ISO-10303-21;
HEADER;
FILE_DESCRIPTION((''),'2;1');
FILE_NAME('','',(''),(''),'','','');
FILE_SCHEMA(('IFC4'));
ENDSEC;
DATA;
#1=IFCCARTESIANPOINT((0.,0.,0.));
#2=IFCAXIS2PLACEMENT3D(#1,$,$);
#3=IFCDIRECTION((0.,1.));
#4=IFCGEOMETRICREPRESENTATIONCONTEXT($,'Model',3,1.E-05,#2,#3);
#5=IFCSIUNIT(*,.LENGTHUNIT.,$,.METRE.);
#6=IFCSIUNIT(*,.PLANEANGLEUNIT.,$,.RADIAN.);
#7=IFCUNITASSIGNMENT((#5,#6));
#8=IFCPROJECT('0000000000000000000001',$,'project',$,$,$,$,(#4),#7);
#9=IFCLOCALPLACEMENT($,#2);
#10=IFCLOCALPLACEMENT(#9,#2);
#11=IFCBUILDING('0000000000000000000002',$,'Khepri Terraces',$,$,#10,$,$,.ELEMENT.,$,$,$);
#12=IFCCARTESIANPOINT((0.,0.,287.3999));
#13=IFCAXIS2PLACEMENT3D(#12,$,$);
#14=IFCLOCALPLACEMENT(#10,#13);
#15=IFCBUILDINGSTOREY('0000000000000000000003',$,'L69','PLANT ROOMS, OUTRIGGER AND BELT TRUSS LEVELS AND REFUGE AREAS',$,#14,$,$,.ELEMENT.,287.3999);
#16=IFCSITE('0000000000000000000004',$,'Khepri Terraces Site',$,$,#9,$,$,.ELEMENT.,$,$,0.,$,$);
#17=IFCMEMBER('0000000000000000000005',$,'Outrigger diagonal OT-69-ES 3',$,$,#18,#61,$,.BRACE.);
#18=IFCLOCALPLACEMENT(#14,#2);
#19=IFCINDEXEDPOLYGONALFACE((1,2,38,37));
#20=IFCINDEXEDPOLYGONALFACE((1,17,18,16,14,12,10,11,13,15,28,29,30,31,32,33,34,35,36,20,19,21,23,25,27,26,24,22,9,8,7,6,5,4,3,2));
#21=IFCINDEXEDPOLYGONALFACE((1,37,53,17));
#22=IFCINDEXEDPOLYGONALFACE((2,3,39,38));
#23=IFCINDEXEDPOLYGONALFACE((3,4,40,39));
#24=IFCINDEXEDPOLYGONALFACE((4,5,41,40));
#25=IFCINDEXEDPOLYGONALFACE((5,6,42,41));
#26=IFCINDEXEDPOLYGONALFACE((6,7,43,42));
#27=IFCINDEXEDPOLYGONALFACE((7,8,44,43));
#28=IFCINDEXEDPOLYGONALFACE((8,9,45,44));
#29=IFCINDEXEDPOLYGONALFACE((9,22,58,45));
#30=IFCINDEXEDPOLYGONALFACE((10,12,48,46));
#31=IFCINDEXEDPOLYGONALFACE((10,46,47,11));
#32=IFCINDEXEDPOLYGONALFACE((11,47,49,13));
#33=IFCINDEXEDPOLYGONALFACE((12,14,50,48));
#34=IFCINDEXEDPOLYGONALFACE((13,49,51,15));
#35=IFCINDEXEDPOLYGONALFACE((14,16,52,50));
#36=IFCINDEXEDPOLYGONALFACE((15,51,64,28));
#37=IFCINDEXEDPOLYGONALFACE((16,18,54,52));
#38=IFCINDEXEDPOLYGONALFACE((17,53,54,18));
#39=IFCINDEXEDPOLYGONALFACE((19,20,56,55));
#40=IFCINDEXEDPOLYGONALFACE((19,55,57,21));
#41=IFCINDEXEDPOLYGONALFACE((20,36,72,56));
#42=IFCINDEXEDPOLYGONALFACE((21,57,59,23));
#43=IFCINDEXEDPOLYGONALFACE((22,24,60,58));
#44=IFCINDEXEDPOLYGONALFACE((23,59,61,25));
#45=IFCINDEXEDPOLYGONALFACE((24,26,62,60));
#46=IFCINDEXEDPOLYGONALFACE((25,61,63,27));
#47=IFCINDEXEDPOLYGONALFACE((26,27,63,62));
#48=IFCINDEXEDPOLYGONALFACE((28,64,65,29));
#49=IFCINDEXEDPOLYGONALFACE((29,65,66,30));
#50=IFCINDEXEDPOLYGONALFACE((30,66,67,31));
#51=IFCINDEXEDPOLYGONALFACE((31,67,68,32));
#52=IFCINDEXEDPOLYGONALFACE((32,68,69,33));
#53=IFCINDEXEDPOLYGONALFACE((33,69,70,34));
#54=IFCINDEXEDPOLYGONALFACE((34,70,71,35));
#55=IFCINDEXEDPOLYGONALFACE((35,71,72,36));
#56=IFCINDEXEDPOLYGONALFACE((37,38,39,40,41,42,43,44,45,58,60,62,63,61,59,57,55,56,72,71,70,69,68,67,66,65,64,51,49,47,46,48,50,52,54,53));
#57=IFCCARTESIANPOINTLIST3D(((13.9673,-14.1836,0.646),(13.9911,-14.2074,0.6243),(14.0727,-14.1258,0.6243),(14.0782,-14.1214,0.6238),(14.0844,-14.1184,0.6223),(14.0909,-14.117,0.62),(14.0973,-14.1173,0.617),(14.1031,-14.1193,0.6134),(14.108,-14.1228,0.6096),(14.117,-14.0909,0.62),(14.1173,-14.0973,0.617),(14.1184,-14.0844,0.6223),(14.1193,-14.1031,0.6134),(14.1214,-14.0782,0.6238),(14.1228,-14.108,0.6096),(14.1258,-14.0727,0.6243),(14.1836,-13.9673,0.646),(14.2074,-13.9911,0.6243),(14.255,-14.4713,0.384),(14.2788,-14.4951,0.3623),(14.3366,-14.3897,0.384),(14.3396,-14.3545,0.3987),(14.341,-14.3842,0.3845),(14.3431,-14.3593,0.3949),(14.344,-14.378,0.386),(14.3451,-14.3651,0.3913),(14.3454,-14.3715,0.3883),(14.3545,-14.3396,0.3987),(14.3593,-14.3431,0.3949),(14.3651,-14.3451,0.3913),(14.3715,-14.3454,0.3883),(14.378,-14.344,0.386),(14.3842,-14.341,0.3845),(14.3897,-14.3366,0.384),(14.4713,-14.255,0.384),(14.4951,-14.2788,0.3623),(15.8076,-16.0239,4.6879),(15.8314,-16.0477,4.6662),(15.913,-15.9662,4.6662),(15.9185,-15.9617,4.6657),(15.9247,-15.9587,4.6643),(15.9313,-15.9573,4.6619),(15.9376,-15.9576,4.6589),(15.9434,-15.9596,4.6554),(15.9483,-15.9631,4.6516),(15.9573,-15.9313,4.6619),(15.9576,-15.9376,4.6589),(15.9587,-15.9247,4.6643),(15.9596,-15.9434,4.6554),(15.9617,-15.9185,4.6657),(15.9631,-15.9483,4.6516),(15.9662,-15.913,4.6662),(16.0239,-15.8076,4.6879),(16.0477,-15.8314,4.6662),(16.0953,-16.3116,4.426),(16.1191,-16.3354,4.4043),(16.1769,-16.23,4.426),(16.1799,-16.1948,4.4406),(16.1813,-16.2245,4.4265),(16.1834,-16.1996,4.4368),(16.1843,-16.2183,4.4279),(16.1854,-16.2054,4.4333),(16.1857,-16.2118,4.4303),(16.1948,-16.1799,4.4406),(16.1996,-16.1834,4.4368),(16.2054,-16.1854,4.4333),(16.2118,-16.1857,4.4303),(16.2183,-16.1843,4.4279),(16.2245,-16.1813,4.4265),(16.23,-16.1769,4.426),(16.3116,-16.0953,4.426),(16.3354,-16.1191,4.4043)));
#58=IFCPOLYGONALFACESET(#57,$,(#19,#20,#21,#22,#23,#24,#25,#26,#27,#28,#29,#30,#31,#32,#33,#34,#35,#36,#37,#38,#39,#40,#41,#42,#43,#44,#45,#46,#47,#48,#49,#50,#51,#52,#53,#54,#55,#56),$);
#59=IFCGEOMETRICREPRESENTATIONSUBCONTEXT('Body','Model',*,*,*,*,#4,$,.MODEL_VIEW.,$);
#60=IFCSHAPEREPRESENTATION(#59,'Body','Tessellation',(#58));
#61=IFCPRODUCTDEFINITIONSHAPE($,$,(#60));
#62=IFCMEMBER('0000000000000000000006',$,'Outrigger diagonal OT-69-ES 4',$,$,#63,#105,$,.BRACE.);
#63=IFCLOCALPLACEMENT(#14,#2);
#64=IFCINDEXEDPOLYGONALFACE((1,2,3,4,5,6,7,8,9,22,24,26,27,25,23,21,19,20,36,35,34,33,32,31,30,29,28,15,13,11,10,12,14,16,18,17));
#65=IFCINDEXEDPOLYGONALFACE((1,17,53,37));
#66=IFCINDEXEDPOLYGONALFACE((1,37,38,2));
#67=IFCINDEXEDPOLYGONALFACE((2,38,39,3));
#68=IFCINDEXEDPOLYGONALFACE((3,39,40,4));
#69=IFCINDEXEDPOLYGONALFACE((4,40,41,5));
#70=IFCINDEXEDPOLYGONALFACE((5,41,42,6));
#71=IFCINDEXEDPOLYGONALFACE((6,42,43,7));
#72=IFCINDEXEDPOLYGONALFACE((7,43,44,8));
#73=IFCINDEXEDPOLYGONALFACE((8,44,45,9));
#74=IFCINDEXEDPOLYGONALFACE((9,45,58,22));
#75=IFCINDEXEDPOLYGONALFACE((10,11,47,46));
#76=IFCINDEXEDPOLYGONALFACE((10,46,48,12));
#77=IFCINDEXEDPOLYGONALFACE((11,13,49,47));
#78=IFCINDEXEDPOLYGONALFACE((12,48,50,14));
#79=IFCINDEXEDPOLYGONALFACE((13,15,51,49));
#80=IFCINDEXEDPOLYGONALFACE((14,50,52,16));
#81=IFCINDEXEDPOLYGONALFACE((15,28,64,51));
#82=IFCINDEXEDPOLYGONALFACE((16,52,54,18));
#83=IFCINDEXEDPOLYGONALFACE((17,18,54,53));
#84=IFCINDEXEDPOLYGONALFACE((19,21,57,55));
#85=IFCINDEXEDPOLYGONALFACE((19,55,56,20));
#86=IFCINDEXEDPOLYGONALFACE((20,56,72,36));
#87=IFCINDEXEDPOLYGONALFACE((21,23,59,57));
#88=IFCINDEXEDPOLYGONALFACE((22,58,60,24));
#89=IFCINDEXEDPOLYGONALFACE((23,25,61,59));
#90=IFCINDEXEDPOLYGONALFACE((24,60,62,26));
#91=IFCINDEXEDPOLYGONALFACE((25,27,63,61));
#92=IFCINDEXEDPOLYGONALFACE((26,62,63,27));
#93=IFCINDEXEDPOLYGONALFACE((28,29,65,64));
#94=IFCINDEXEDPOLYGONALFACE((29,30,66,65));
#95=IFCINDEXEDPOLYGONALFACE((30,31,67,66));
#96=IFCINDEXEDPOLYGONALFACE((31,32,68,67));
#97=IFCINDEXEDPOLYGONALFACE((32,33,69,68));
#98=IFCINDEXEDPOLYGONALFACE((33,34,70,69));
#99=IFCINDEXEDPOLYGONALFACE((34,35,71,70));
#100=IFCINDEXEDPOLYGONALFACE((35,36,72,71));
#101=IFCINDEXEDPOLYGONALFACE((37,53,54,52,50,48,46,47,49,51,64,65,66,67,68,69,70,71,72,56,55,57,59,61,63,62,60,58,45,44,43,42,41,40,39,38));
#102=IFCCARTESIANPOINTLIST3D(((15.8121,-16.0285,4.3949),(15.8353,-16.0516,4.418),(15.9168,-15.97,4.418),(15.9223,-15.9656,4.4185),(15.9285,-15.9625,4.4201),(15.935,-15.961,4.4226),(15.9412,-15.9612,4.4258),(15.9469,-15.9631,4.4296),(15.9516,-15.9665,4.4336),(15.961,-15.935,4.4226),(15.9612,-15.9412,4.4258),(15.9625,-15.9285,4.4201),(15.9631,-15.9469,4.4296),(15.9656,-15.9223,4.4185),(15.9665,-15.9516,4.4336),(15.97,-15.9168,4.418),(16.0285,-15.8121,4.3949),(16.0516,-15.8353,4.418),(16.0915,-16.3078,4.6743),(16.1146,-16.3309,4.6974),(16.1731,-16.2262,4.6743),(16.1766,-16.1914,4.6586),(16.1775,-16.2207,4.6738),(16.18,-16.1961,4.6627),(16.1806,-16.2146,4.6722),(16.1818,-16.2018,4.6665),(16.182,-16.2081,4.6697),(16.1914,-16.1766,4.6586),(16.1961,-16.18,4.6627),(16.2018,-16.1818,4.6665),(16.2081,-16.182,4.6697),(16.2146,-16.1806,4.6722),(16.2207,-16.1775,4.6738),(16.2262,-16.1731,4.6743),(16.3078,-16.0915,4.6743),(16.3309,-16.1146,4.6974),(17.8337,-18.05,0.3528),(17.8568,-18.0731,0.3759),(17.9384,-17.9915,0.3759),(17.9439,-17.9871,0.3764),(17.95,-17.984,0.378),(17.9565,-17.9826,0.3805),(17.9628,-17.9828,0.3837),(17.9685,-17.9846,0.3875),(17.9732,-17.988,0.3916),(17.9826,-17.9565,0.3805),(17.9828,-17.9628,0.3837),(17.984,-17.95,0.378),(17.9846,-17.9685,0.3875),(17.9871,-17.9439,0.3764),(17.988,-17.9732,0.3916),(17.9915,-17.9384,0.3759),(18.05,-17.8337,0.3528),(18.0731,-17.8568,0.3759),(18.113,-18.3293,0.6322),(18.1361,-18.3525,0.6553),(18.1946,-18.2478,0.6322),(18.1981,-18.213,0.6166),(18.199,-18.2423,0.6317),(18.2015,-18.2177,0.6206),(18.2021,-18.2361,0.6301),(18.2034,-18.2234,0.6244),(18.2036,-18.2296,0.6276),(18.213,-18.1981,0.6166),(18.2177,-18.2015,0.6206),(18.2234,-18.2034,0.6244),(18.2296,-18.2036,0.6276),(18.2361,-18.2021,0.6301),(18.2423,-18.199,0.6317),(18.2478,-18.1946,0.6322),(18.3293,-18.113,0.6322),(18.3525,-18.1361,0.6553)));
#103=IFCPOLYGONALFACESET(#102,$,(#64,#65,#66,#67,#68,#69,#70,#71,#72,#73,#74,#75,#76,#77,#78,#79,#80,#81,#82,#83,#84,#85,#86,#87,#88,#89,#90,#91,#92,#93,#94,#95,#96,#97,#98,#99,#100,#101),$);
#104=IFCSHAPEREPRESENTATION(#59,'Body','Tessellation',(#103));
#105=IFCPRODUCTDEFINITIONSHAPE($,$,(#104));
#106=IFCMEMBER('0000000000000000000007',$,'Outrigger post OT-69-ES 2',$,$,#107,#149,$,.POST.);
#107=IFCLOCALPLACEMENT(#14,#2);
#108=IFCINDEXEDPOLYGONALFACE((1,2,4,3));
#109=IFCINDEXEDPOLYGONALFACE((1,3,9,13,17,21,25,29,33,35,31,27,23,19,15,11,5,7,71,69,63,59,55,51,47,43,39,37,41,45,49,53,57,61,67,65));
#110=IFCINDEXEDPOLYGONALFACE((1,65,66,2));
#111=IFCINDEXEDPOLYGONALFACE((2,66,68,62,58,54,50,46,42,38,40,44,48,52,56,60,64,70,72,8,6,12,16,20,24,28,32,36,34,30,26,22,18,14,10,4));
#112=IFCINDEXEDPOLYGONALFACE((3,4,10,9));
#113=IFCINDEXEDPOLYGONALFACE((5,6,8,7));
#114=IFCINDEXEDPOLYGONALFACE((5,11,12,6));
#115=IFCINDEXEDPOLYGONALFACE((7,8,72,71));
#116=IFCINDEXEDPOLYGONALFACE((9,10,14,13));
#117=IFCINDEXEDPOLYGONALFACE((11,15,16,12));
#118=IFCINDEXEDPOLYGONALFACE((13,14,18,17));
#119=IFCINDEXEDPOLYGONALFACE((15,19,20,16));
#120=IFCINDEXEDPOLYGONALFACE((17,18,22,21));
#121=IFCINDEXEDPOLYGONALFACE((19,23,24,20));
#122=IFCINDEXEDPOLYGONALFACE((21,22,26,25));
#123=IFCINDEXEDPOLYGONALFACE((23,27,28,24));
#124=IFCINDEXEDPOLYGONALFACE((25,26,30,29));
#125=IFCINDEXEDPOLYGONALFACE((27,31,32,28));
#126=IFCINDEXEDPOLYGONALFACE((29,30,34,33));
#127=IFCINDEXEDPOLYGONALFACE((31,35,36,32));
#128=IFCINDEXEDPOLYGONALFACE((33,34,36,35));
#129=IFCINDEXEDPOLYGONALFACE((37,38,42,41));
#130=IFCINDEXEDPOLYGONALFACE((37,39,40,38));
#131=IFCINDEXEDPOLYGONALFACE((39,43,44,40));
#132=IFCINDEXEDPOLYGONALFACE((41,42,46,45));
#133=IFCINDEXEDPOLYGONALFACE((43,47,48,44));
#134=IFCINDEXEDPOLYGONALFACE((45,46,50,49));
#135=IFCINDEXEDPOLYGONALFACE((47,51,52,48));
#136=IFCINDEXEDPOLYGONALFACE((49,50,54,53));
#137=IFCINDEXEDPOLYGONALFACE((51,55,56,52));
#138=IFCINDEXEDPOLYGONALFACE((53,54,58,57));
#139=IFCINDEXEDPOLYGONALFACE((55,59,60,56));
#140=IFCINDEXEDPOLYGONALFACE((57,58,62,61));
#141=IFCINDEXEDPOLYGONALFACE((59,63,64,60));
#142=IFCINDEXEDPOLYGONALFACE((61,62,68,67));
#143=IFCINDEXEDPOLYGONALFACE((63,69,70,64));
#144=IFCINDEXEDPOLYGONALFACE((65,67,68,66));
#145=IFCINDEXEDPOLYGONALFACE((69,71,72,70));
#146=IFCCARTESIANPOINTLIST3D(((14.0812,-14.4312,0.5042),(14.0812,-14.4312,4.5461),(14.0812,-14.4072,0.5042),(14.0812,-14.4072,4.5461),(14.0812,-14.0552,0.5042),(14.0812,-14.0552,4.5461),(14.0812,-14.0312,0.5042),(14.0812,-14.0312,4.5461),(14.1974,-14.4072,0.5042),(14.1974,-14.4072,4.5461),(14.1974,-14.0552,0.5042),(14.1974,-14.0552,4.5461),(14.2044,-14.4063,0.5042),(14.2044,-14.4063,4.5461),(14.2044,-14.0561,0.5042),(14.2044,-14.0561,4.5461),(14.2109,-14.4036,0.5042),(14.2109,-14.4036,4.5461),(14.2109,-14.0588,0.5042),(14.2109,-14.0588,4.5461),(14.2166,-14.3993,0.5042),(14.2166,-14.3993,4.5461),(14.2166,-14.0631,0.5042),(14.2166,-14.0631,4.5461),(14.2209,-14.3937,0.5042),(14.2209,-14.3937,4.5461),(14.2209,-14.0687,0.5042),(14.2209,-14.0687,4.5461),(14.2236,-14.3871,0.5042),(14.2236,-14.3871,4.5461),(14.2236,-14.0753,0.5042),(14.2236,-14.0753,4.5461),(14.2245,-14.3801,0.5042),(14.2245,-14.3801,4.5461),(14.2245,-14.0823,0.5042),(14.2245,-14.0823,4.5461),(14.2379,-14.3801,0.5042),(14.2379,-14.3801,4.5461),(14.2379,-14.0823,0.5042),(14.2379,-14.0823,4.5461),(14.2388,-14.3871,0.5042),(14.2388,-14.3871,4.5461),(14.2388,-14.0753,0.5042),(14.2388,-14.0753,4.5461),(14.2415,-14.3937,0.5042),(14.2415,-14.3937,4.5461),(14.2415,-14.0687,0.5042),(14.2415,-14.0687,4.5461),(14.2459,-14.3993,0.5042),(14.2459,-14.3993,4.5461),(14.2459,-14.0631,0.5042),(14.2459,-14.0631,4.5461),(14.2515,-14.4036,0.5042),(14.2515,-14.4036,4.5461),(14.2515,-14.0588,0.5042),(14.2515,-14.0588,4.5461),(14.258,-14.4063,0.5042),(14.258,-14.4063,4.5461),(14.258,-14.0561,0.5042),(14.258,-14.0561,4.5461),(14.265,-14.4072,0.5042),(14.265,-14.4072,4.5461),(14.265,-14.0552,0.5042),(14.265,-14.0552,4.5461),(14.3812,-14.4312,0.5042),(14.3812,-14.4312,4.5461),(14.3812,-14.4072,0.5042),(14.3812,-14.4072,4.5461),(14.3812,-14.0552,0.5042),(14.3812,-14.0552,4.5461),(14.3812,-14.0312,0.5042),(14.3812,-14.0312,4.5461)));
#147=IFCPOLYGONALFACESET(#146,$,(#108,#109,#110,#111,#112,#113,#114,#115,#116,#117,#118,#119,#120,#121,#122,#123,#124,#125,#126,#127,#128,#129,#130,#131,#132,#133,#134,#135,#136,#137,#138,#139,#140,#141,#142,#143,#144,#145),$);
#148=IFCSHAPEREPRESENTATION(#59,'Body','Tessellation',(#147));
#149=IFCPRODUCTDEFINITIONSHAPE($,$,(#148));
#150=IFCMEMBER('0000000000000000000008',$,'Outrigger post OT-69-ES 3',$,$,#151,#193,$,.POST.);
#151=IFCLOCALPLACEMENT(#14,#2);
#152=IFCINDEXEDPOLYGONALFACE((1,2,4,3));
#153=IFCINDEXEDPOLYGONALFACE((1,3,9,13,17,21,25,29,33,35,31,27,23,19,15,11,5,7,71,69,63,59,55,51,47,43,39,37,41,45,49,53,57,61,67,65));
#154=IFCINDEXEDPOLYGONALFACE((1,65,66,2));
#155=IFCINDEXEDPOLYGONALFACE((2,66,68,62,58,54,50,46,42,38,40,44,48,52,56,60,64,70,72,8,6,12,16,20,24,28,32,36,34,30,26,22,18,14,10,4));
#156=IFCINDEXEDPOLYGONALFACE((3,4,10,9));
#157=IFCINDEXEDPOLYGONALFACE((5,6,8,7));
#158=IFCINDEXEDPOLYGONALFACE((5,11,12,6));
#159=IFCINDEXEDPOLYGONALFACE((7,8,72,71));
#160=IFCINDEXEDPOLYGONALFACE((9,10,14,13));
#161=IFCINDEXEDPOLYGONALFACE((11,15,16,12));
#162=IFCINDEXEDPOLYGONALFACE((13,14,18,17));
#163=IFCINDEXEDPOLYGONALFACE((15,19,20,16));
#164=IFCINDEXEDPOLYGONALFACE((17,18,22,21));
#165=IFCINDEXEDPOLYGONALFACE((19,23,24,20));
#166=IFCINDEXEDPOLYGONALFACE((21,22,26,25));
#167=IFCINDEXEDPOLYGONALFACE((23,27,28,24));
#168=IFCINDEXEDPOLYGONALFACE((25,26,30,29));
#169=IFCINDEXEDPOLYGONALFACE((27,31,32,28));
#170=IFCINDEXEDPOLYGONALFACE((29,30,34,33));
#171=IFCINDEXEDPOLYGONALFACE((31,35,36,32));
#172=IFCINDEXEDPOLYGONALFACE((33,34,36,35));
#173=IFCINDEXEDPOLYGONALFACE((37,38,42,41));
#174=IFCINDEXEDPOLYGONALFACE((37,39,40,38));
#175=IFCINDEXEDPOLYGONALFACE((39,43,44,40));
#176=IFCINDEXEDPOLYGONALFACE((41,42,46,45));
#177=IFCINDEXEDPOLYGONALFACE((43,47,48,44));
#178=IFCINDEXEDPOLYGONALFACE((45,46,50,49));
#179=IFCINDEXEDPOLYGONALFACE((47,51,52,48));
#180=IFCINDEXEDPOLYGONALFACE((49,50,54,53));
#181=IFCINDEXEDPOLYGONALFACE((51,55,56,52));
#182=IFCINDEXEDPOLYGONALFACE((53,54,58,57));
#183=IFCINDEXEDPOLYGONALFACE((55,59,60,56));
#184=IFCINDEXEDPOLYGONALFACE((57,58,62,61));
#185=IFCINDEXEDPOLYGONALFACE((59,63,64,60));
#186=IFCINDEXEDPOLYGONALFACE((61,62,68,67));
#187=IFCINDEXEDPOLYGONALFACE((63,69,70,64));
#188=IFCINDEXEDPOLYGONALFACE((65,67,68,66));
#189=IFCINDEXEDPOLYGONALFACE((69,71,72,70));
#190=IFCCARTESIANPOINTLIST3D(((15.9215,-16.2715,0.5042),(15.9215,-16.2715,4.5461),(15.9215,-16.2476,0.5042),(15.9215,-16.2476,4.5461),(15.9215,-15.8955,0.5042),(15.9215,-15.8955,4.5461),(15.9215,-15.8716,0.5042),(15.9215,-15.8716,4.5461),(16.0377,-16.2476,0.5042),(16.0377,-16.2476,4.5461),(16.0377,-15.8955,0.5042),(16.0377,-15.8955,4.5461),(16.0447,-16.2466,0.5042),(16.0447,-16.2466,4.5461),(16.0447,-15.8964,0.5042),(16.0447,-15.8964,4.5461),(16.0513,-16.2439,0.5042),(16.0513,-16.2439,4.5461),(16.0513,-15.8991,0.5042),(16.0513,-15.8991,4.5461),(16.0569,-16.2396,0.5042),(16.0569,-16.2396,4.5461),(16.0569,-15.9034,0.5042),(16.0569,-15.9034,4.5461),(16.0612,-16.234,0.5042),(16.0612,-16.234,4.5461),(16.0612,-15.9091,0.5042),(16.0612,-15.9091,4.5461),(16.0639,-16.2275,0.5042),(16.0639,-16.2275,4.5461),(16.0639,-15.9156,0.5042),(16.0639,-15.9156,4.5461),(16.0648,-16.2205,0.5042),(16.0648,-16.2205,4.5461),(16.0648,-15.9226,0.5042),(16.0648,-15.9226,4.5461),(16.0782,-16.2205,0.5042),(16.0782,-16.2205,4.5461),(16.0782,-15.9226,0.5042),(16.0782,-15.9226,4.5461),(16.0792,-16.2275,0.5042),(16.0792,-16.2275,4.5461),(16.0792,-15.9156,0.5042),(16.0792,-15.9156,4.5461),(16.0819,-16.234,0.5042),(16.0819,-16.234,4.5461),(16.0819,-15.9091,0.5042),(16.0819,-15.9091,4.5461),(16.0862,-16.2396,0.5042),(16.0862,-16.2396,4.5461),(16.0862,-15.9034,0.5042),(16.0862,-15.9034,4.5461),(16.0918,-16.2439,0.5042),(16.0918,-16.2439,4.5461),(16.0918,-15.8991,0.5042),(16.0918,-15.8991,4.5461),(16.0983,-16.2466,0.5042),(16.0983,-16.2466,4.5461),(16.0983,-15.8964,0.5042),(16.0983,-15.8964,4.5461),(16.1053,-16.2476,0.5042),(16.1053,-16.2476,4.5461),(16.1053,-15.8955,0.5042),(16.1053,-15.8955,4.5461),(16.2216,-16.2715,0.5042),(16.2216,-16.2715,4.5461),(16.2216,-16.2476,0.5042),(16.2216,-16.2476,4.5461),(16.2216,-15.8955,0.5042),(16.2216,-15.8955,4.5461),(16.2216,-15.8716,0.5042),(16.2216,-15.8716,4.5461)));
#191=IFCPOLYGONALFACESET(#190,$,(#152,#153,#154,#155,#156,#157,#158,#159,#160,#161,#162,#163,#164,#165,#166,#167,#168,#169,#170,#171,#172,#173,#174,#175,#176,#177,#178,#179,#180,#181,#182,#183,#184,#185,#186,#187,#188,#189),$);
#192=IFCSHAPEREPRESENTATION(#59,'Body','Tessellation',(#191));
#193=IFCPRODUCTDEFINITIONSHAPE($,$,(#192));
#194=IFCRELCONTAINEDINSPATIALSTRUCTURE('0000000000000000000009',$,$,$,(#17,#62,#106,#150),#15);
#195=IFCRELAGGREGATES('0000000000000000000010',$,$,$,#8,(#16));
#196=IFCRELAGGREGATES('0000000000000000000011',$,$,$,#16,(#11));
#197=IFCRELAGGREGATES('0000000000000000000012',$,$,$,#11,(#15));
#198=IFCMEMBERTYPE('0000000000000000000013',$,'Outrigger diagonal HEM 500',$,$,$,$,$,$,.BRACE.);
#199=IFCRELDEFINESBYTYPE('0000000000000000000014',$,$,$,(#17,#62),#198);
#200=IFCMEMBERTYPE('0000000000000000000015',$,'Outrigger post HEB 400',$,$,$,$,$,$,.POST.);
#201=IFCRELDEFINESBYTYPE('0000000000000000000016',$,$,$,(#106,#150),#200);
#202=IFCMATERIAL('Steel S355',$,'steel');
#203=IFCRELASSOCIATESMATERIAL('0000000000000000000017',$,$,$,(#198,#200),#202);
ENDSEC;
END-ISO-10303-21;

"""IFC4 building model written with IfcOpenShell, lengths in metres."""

from ifc_helpers import new_model, si_unit, direction, frame, origin, origin_2d, place, context, subcontext, project, spatial, i_section, extrude, material, material_profile, profile_set, type_object, element, save


model = new_model("IFC4")

# Units and contexts
model_context = context("Model", 3, precision=1e-05, world=origin(), true_north=direction((0.0, 1.0)))
body_context = subcontext(model_context, "Body", "Model", "MODEL_VIEW")
ifc_project = project(units=[si_unit("LENGTHUNIT", "METRE"), si_unit("PLANEANGLEUNIT", "RADIAN")], contexts=[model_context])

# Site, building, storey
site_placement = place(None, origin())
site = spatial("IfcSite", under=ifc_project, at=site_placement, Name="Khepri Terraces Site", CompositionType="ELEMENT", RefElevation=0.0)
building_placement = place(site_placement, origin())
building = spatial("IfcBuilding", under=site, at=building_placement, Name="Khepri Terraces", CompositionType="ELEMENT")
storey_placement = place(building_placement, frame((0.0, 0.0, 287.3999)))
storey = spatial("IfcBuildingStorey", under=building, at=storey_placement, Name="L69", Description="PLANT ROOMS, OUTRIGGER AND BELT TRUSS LEVELS AND REFUGE AREAS", CompositionType="ELEMENT", Elevation=287.3999)

# Members
ifc_material_1 = material(Name="Steel S355", Category="steel")
ifc_material_profile_1 = material_profile(ifc_material_1, i_section(OverallWidth=0.3059, OverallDepth=0.5239, WebThickness=0.021, FlangeThickness=0.04, FilletRadius=0.0271, at=origin_2d()), Name="Steel S355", Category="steel")
ifc_profile_set_1 = profile_set([ifc_material_profile_1], Name="Steel S355")
member_type_1 = type_object("IfcMemberType", Name="Outrigger diagonal HEM 500", PredefinedType="BRACE", material=ifc_profile_set_1)
member_1_placement = place(storey_placement, frame((14.2312, -14.2312, 0.5042), z_axis=(0.38281, -0.38281, 0.840781), x_axis=(0.707107, 0.707107, 0.0)))
element("IfcMember", 1, at=member_1_placement, inside=storey, type_object=member_type_1, Name="Outrigger diagonal OT-69-ES 3", PredefinedType="BRACE", context=body_context, shape_type="SweptSolid", body=[
    extrude(i_section(OverallWidth=0.3059, OverallDepth=0.5239, WebThickness=0.021, FlangeThickness=0.04, FilletRadius=0.0271, at=origin_2d()), origin(), (0.0, 0.0, 1.0), 4.8074),
])
member_2_placement = place(storey_placement, frame((16.0715, -16.0715, 4.5461), z_axis=(0.408314, -0.408314, -0.816431), x_axis=(0.707107, 0.707107, 0.0)))
element("IfcMember", 2, at=member_2_placement, inside=storey, type_object=member_type_1, Name="Outrigger diagonal OT-69-ES 4", PredefinedType="BRACE", context=body_context, shape_type="SweptSolid", body=[
    extrude(i_section(OverallWidth=0.3059, OverallDepth=0.5239, WebThickness=0.021, FlangeThickness=0.04, FilletRadius=0.0271, at=origin_2d()), origin(), (0.0, 0.0, 1.0), 4.9509),
])
ifc_material_profile_2 = material_profile(ifc_material_1, i_section(OverallWidth=0.3, OverallDepth=0.3999, WebThickness=0.0134, FlangeThickness=0.0239, FilletRadius=0.0271, at=origin_2d()), Name="Steel S355", Category="steel")
ifc_profile_set_2 = profile_set([ifc_material_profile_2], Name="Steel S355")
member_type_2 = type_object("IfcMemberType", Name="Outrigger post HEB 400", PredefinedType="POST", material=ifc_profile_set_2)
for number, where, z_axis, x_axis, name in (
    (3, (14.2312, -14.2312, 0.5042), (0.0, 0.0, 1.0), (1.0, 0.0, 0.0), "Outrigger post OT-69-ES 2"),
    (4, (16.0715, -16.0715, 0.5042), (0.0, 0.0, 1.0), (1.0, 0.0, 0.0), "Outrigger post OT-69-ES 3"),
):
    element("IfcMember", number, at=place(storey_placement, frame(where, z_axis=z_axis, x_axis=x_axis)), inside=storey, type_object=member_type_2, Name=name, PredefinedType="POST", context=body_context, shape_type="SweptSolid", body=[
        extrude(i_section(OverallWidth=0.3, OverallDepth=0.3999, WebThickness=0.0134, FlangeThickness=0.0239, FilletRadius=0.0271, at=origin_2d()), origin(), (0.0, 0.0, 1.0), 4.042),
    ])

save(model, "model.ifc")
